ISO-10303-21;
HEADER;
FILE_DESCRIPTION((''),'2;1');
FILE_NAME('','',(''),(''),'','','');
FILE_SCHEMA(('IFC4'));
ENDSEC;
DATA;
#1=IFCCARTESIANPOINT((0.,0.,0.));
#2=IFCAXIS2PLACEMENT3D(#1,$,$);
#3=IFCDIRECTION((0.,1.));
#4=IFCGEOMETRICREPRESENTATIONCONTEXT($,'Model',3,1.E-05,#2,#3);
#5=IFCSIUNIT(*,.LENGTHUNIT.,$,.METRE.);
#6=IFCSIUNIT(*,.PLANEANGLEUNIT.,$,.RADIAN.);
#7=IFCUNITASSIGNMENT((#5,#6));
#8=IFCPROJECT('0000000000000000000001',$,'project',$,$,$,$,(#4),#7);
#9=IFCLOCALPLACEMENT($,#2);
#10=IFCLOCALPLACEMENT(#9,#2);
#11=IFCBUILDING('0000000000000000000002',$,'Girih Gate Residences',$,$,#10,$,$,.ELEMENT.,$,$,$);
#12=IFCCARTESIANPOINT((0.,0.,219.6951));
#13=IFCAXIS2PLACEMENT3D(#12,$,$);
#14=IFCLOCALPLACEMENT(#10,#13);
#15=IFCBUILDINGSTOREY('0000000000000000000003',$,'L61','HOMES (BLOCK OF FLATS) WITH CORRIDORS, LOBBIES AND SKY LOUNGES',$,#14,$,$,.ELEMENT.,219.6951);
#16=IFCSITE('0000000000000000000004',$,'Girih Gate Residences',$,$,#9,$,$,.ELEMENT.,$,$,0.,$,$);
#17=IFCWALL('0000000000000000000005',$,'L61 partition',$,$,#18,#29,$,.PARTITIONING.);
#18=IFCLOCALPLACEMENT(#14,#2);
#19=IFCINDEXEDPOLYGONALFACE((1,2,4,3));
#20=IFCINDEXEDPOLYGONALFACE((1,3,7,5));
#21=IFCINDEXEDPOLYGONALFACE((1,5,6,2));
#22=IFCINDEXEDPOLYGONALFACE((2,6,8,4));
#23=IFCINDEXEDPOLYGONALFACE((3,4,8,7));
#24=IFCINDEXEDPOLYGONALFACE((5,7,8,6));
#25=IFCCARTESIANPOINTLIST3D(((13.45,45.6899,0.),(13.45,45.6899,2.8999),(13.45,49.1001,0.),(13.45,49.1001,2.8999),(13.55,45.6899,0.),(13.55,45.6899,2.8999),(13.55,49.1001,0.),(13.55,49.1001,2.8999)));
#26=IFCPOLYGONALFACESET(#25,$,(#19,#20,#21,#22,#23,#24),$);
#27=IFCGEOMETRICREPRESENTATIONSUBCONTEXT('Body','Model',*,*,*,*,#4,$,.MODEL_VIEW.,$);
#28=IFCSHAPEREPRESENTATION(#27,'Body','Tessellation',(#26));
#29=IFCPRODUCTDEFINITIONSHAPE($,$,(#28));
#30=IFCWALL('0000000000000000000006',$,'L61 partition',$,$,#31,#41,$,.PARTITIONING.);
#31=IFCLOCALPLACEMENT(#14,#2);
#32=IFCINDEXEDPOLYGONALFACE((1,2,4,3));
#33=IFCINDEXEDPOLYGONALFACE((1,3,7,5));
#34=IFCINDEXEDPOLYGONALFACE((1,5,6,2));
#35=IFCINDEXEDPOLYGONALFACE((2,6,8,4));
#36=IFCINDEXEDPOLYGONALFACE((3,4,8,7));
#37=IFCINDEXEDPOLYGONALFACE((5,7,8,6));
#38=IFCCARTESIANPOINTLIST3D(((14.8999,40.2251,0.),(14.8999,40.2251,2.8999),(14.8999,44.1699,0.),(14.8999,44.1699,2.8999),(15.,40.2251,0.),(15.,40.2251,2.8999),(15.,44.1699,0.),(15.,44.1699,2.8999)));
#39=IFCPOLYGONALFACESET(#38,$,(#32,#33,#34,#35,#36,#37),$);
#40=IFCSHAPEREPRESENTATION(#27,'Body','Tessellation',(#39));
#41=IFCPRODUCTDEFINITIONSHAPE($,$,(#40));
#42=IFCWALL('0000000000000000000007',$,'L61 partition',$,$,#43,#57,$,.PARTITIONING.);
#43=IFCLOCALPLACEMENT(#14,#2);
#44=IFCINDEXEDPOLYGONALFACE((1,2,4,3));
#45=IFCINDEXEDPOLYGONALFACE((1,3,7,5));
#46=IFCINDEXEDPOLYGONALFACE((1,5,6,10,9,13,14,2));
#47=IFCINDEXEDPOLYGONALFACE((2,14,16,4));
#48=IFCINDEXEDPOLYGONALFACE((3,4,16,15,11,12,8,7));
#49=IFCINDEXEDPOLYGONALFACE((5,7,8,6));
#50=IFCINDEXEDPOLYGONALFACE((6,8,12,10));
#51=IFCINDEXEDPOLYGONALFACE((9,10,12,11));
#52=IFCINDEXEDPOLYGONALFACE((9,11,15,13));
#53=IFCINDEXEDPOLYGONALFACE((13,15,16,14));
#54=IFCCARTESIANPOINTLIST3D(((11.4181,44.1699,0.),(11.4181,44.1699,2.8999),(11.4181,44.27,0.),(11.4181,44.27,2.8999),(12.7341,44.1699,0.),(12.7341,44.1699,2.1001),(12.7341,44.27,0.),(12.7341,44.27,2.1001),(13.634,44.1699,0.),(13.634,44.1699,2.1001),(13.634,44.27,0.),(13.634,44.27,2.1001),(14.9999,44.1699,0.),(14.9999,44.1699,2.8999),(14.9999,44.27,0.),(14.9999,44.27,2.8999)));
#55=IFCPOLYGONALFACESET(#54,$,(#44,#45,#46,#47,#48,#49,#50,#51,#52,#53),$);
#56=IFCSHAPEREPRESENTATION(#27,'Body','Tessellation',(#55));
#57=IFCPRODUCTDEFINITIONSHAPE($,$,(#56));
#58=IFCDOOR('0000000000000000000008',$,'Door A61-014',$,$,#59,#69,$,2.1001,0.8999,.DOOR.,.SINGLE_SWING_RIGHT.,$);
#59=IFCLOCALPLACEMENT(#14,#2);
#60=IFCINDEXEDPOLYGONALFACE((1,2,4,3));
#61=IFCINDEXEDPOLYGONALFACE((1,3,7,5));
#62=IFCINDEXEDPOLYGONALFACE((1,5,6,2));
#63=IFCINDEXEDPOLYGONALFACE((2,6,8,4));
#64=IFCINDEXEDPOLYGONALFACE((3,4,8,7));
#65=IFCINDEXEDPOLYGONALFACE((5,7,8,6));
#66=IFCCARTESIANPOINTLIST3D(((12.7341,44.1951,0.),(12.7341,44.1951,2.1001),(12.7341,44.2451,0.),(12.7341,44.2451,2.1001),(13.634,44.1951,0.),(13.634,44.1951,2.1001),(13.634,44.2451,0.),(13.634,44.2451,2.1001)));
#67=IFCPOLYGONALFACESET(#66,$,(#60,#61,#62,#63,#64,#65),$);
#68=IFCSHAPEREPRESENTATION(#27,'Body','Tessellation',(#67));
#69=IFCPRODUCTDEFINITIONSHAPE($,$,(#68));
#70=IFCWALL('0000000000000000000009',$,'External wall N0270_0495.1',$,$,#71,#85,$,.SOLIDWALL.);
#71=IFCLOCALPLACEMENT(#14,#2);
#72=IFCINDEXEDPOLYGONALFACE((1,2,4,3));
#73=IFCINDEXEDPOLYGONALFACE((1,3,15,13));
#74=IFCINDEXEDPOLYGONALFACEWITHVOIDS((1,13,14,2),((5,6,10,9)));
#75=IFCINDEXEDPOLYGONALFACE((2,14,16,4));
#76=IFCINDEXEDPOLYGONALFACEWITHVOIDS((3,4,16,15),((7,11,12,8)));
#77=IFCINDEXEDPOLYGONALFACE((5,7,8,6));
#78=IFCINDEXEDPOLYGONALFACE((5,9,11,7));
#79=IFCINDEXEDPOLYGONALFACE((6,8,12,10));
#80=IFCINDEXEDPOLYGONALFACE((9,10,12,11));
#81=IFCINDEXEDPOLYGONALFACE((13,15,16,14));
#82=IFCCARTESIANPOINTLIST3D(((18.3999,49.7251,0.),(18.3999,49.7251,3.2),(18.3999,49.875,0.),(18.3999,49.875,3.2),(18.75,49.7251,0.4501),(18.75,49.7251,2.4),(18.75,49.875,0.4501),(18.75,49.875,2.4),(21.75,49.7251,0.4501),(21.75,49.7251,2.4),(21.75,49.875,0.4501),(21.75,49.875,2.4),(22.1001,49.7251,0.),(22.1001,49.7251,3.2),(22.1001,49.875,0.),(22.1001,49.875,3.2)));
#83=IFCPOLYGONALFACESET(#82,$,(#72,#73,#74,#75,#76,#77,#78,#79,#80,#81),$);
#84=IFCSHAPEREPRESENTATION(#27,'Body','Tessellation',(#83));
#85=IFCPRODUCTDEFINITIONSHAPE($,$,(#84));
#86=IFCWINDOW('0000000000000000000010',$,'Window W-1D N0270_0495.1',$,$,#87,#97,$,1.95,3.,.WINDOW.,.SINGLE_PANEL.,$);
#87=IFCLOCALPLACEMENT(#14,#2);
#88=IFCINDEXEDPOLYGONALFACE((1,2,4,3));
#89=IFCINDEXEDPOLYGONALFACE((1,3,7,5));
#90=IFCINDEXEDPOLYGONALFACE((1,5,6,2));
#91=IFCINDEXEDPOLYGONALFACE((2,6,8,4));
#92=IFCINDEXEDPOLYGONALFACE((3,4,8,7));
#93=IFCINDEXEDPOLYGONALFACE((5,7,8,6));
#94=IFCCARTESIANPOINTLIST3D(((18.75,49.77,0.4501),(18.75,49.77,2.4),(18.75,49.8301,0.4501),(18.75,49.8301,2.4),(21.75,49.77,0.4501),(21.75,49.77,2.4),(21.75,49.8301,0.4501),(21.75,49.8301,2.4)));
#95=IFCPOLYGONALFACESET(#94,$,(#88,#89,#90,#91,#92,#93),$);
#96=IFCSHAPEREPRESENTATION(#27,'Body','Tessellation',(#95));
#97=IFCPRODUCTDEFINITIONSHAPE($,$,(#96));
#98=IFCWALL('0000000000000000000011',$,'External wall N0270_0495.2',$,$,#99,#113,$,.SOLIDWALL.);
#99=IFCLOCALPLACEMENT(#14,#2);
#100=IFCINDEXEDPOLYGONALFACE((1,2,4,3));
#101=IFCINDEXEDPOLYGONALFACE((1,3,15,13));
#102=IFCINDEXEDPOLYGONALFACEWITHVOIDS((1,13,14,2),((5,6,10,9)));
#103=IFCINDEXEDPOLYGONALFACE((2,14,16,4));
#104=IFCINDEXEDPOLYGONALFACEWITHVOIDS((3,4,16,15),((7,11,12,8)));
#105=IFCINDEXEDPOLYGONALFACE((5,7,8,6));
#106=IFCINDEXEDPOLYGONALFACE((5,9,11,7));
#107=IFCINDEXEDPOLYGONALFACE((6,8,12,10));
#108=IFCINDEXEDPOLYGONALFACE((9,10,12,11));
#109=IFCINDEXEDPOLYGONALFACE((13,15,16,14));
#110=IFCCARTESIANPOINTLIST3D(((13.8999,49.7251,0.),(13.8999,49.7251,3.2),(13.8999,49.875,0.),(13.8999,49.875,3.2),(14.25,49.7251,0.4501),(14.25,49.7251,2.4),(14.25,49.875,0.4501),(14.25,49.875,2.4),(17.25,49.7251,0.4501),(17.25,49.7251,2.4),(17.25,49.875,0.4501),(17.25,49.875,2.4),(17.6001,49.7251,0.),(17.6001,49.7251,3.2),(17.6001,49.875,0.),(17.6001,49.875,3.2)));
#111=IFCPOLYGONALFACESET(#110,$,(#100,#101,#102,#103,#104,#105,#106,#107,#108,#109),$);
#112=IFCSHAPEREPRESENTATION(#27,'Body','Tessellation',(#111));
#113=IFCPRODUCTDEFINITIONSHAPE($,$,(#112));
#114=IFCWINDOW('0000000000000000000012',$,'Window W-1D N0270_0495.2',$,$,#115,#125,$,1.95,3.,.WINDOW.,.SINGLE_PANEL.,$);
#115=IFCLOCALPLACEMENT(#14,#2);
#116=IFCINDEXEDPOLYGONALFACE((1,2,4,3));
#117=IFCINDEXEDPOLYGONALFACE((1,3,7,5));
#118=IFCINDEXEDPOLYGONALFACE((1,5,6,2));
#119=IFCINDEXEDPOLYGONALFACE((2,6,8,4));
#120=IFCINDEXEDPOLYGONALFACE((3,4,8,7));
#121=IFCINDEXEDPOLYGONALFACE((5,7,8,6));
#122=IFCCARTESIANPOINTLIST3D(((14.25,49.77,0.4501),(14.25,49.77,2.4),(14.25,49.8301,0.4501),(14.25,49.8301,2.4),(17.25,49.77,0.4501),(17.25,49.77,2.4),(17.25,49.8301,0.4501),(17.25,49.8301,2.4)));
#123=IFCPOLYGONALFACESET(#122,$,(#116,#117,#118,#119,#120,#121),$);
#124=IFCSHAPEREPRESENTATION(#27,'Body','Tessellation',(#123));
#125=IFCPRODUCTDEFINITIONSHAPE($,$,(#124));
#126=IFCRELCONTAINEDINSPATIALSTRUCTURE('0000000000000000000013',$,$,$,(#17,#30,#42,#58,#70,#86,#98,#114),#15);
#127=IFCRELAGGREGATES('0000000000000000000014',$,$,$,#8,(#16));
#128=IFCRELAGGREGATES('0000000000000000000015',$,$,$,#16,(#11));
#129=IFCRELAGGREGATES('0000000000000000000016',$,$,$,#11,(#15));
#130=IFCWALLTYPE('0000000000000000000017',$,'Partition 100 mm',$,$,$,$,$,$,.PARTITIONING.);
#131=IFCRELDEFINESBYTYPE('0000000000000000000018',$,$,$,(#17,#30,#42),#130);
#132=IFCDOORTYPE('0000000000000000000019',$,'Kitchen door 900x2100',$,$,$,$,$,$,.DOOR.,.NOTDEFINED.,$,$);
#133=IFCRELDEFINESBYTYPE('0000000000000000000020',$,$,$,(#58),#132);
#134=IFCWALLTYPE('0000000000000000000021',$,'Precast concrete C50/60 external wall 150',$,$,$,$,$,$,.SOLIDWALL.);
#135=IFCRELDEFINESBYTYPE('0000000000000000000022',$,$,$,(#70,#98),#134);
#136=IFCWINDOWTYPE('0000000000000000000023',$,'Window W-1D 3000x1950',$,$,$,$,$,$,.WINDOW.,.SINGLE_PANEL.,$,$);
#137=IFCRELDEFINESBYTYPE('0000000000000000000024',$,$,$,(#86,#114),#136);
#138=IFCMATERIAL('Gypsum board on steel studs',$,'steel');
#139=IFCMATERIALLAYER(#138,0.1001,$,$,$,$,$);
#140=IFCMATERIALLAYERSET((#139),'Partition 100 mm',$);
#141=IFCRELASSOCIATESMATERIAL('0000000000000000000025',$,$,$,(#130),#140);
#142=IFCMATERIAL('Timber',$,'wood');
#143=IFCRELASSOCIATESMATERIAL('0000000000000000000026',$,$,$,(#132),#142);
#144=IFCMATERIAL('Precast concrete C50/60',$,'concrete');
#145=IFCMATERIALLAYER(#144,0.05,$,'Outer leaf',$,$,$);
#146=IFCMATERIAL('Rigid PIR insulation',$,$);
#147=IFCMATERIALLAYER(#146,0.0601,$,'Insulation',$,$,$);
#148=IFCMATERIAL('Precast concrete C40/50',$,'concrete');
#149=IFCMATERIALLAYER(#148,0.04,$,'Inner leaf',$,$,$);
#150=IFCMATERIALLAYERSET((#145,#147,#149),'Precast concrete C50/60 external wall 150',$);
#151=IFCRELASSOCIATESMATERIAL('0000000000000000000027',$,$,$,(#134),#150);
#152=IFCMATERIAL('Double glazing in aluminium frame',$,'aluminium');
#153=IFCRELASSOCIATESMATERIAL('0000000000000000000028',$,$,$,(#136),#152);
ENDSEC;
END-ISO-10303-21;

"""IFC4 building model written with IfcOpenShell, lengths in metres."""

from ifc_helpers import new_model, si_unit, direction, frame, frame_2d, origin, place, context, subcontext, project, spatial, rectangle, extrude, material, layer, layer_set, type_object, element, fill, save


model = new_model("IFC4")

# Units and contexts
model_context = context("Model", 3, precision=1e-05, world=origin(), true_north=direction((0.0, 1.0)))
body_context = subcontext(model_context, "Body", "Model", "MODEL_VIEW")
ifc_project = project(units=[si_unit("LENGTHUNIT", "METRE"), si_unit("PLANEANGLEUNIT", "RADIAN")], contexts=[model_context])

# Site, building, storey
site_placement = place(None, origin())
site = spatial("IfcSite", under=ifc_project, at=site_placement, Name="Girih Gate Residences", CompositionType="ELEMENT", RefElevation=0.0)
building_placement = place(site_placement, origin())
building = spatial("IfcBuilding", under=site, at=building_placement, Name="Girih Gate Residences", CompositionType="ELEMENT")
storey_placement = place(building_placement, frame((0.0, 0.0, 219.6951)))
storey = spatial("IfcBuildingStorey", under=building, at=storey_placement, Name="L61", Description="HOMES (BLOCK OF FLATS) WITH CORRIDORS, LOBBIES AND SKY LOUNGES", CompositionType="ELEMENT", Elevation=219.6951)

# Shared definitions
ifc_material_1 = material(Name="Gypsum board on steel studs", Category="steel")

# Shared definitions
ifc_layer_1 = layer(ifc_material_1, 0.1001)
ifc_layer_set_1 = layer_set([ifc_layer_1], Name="Partition 100 mm")
wall_type_1 = type_object("IfcWallType", Name="Partition 100 mm", PredefinedType="PARTITIONING", material=ifc_layer_set_1)
ifc_material_2 = material(Name="Timber", Category="wood")

# Walls
wall_1_placement = place(storey_placement, frame((13.5, 45.6899, 0.0), z_axis=(0.0, 0.0, 1.0), x_axis=(0.0, 1.0, 0.0)))
element("IfcWall", 1, at=wall_1_placement, inside=storey, type_object=wall_type_1, Name="L61 partition", PredefinedType="PARTITIONING", context=body_context, shape_type="SweptSolid", body=[
    extrude(rectangle(XDim=3.4102, YDim=0.1001, at=frame_2d((1.7051, 0.0))), origin(), (0.0, 0.0, 1.0), 2.8999),
])
wall_2_placement = place(storey_placement, frame((14.95, 40.2251, 0.0), z_axis=(0.0, 0.0, 1.0), x_axis=(0.0, 1.0, 0.0)))
element("IfcWall", 2, at=wall_2_placement, inside=storey, type_object=wall_type_1, Name="L61 partition", PredefinedType="PARTITIONING", context=body_context, shape_type="SweptSolid", body=[
    extrude(rectangle(XDim=3.9448, YDim=0.1001, at=frame_2d((1.9724, 0.0))), origin(), (0.0, 0.0, 1.0), 2.8999),
])

# Wall, opening, door
wall_3_placement = place(storey_placement, frame((15.0, 44.22, 0.0), z_axis=(0.0, 0.0, 1.0), x_axis=(-1.0, 0.0, 0.0)))
wall_3 = element("IfcWall", 3, at=wall_3_placement, inside=storey, type_object=wall_type_1, Name="L61 partition", PredefinedType="PARTITIONING", context=body_context, shape_type="SweptSolid", body=[
    extrude(rectangle(XDim=3.5818, YDim=0.1001, at=frame_2d((1.791, 0.0))), origin(), (0.0, 0.0, 1.0), 2.8999),
])
opening_1_placement = place(wall_3_placement, frame((1.366, 0.0, 0.0)))
opening_1 = element("IfcOpeningElement", 4, at=opening_1_placement, cuts=wall_3, PredefinedType="OPENING", context=body_context, shape_type="SweptSolid", body=[
    extrude(rectangle(XDim=0.8999, YDim=2.1001, at=frame_2d((0.45, 1.05))), frame((0.0, 0.0601, 0.0), z_axis=(0.0, -1.0, 0.0), x_axis=(1.0, 0.0, 0.0)), (0.0, 0.0, 1.0), 0.1201),
])
door_type_1 = type_object("IfcDoorType", Name="Kitchen door 900x2100", OperationType="NOTDEFINED", PredefinedType="DOOR", material=ifc_material_2)
door_1_placement = place(opening_1_placement, origin())
door_1 = element("IfcDoor", 5, at=door_1_placement, inside=storey, type_object=door_type_1, Name="Door A61-014", OperationType="SINGLE_SWING_RIGHT", OverallHeight=2.1001, OverallWidth=0.8999, PredefinedType="DOOR", context=body_context, shape_type="SweptSolid", body=[
    extrude(rectangle(XDim=0.8999, YDim=2.1001, at=frame_2d((0.45, 1.05))), frame((0.0, 0.0249, 0.0), z_axis=(0.0, -1.0, 0.0), x_axis=(1.0, 0.0, 0.0)), (0.0, 0.0, 1.0), 0.05),
])
fill(opening_1, door_1)

# Walls, openings, windows
ifc_material_3 = material(Name="Precast concrete C50/60", Category="concrete")
ifc_layer_2 = layer(ifc_material_3, 0.05, Name="Outer leaf")
ifc_material_4 = material(Name="Rigid PIR insulation")
ifc_layer_3 = layer(ifc_material_4, 0.0601, Name="Insulation")
ifc_material_5 = material(Name="Precast concrete C40/50", Category="concrete")
ifc_layer_4 = layer(ifc_material_5, 0.04, Name="Inner leaf")
ifc_layer_set_2 = layer_set([ifc_layer_2, ifc_layer_3, ifc_layer_4], Name="Precast concrete C50/60 external wall 150")
wall_type_2 = type_object("IfcWallType", Name="Precast concrete C50/60 external wall 150", PredefinedType="SOLIDWALL", material=ifc_layer_set_2)
wall_4_placement = place(storey_placement, frame((18.3999, 49.8, 0.0), z_axis=(0.0, 0.0, 1.0), x_axis=(1.0, 0.0, 0.0)))
wall_4 = element("IfcWall", 6, at=wall_4_placement, inside=storey, type_object=wall_type_2, Name="External wall N0270_0495.1", PredefinedType="SOLIDWALL", context=body_context, shape_type="SweptSolid", body=[
    extrude(rectangle(XDim=3.7002, YDim=0.1499, at=frame_2d((1.8501, 0.0))), origin(), (0.0, 0.0, 1.0), 3.2),
])
opening_2_placement = place(wall_4_placement, frame((0.3501, 0.0, 0.45)))
opening_2 = element("IfcOpeningElement", 7, at=opening_2_placement, cuts=wall_4, PredefinedType="OPENING", context=body_context, shape_type="SweptSolid", body=[
    extrude(rectangle(XDim=3.0, YDim=1.95, at=frame_2d((1.5, 0.9751))), frame((0.0, 0.085, 0.0), z_axis=(0.0, -1.0, 0.0), x_axis=(1.0, 0.0, 0.0)), (0.0, 0.0, 1.0), 0.1699),
])
ifc_material_6 = material(Name="Double glazing in aluminium frame", Category="aluminium")
window_type = type_object("IfcWindowType", Name="Window W-1D 3000x1950", PartitioningType="SINGLE_PANEL", PredefinedType="WINDOW", material=ifc_material_6)
window_1_placement = place(opening_2_placement, origin())
window_1 = element("IfcWindow", 8, at=window_1_placement, inside=storey, type_object=window_type, Name="Window W-1D N0270_0495.1", OverallHeight=1.95, OverallWidth=3.0, PartitioningType="SINGLE_PANEL", PredefinedType="WINDOW", context=body_context, shape_type="SweptSolid", body=[
    extrude(rectangle(XDim=3.0, YDim=1.95, at=frame_2d((1.5, 0.9751))), frame((0.0, 0.03, 0.0), z_axis=(0.0, -1.0, 0.0), x_axis=(1.0, 0.0, 0.0)), (0.0, 0.0, 1.0), 0.0601),
])
fill(opening_2, window_1)
wall_5_placement = place(storey_placement, frame((13.8999, 49.8, 0.0), z_axis=(0.0, 0.0, 1.0), x_axis=(1.0, 0.0, 0.0)))
wall_5 = element("IfcWall", 9, at=wall_5_placement, inside=storey, type_object=wall_type_2, Name="External wall N0270_0495.2", PredefinedType="SOLIDWALL", context=body_context, shape_type="SweptSolid", body=[
    extrude(rectangle(XDim=3.7002, YDim=0.1499, at=frame_2d((1.8501, 0.0))), origin(), (0.0, 0.0, 1.0), 3.2),
])
opening_3_placement = place(wall_5_placement, frame((0.3501, 0.0, 0.45)))
opening_3 = element("IfcOpeningElement", 10, at=opening_3_placement, cuts=wall_5, PredefinedType="OPENING", context=body_context, shape_type="SweptSolid", body=[
    extrude(rectangle(XDim=3.0, YDim=1.95, at=frame_2d((1.5, 0.9751))), frame((0.0, 0.085, 0.0), z_axis=(0.0, -1.0, 0.0), x_axis=(1.0, 0.0, 0.0)), (0.0, 0.0, 1.0), 0.1699),
])
window_2_placement = place(opening_3_placement, origin())
window_2 = element("IfcWindow", 11, at=window_2_placement, inside=storey, type_object=window_type, Name="Window W-1D N0270_0495.2", OverallHeight=1.95, OverallWidth=3.0, PartitioningType="SINGLE_PANEL", PredefinedType="WINDOW", context=body_context, shape_type="SweptSolid", body=[
    extrude(rectangle(XDim=3.0, YDim=1.95, at=frame_2d((1.5, 0.9751))), frame((0.0, 0.03, 0.0), z_axis=(0.0, -1.0, 0.0), x_axis=(1.0, 0.0, 0.0)), (0.0, 0.0, 1.0), 0.0601),
])
fill(opening_3, window_2)

save(model, "model.ifc")
